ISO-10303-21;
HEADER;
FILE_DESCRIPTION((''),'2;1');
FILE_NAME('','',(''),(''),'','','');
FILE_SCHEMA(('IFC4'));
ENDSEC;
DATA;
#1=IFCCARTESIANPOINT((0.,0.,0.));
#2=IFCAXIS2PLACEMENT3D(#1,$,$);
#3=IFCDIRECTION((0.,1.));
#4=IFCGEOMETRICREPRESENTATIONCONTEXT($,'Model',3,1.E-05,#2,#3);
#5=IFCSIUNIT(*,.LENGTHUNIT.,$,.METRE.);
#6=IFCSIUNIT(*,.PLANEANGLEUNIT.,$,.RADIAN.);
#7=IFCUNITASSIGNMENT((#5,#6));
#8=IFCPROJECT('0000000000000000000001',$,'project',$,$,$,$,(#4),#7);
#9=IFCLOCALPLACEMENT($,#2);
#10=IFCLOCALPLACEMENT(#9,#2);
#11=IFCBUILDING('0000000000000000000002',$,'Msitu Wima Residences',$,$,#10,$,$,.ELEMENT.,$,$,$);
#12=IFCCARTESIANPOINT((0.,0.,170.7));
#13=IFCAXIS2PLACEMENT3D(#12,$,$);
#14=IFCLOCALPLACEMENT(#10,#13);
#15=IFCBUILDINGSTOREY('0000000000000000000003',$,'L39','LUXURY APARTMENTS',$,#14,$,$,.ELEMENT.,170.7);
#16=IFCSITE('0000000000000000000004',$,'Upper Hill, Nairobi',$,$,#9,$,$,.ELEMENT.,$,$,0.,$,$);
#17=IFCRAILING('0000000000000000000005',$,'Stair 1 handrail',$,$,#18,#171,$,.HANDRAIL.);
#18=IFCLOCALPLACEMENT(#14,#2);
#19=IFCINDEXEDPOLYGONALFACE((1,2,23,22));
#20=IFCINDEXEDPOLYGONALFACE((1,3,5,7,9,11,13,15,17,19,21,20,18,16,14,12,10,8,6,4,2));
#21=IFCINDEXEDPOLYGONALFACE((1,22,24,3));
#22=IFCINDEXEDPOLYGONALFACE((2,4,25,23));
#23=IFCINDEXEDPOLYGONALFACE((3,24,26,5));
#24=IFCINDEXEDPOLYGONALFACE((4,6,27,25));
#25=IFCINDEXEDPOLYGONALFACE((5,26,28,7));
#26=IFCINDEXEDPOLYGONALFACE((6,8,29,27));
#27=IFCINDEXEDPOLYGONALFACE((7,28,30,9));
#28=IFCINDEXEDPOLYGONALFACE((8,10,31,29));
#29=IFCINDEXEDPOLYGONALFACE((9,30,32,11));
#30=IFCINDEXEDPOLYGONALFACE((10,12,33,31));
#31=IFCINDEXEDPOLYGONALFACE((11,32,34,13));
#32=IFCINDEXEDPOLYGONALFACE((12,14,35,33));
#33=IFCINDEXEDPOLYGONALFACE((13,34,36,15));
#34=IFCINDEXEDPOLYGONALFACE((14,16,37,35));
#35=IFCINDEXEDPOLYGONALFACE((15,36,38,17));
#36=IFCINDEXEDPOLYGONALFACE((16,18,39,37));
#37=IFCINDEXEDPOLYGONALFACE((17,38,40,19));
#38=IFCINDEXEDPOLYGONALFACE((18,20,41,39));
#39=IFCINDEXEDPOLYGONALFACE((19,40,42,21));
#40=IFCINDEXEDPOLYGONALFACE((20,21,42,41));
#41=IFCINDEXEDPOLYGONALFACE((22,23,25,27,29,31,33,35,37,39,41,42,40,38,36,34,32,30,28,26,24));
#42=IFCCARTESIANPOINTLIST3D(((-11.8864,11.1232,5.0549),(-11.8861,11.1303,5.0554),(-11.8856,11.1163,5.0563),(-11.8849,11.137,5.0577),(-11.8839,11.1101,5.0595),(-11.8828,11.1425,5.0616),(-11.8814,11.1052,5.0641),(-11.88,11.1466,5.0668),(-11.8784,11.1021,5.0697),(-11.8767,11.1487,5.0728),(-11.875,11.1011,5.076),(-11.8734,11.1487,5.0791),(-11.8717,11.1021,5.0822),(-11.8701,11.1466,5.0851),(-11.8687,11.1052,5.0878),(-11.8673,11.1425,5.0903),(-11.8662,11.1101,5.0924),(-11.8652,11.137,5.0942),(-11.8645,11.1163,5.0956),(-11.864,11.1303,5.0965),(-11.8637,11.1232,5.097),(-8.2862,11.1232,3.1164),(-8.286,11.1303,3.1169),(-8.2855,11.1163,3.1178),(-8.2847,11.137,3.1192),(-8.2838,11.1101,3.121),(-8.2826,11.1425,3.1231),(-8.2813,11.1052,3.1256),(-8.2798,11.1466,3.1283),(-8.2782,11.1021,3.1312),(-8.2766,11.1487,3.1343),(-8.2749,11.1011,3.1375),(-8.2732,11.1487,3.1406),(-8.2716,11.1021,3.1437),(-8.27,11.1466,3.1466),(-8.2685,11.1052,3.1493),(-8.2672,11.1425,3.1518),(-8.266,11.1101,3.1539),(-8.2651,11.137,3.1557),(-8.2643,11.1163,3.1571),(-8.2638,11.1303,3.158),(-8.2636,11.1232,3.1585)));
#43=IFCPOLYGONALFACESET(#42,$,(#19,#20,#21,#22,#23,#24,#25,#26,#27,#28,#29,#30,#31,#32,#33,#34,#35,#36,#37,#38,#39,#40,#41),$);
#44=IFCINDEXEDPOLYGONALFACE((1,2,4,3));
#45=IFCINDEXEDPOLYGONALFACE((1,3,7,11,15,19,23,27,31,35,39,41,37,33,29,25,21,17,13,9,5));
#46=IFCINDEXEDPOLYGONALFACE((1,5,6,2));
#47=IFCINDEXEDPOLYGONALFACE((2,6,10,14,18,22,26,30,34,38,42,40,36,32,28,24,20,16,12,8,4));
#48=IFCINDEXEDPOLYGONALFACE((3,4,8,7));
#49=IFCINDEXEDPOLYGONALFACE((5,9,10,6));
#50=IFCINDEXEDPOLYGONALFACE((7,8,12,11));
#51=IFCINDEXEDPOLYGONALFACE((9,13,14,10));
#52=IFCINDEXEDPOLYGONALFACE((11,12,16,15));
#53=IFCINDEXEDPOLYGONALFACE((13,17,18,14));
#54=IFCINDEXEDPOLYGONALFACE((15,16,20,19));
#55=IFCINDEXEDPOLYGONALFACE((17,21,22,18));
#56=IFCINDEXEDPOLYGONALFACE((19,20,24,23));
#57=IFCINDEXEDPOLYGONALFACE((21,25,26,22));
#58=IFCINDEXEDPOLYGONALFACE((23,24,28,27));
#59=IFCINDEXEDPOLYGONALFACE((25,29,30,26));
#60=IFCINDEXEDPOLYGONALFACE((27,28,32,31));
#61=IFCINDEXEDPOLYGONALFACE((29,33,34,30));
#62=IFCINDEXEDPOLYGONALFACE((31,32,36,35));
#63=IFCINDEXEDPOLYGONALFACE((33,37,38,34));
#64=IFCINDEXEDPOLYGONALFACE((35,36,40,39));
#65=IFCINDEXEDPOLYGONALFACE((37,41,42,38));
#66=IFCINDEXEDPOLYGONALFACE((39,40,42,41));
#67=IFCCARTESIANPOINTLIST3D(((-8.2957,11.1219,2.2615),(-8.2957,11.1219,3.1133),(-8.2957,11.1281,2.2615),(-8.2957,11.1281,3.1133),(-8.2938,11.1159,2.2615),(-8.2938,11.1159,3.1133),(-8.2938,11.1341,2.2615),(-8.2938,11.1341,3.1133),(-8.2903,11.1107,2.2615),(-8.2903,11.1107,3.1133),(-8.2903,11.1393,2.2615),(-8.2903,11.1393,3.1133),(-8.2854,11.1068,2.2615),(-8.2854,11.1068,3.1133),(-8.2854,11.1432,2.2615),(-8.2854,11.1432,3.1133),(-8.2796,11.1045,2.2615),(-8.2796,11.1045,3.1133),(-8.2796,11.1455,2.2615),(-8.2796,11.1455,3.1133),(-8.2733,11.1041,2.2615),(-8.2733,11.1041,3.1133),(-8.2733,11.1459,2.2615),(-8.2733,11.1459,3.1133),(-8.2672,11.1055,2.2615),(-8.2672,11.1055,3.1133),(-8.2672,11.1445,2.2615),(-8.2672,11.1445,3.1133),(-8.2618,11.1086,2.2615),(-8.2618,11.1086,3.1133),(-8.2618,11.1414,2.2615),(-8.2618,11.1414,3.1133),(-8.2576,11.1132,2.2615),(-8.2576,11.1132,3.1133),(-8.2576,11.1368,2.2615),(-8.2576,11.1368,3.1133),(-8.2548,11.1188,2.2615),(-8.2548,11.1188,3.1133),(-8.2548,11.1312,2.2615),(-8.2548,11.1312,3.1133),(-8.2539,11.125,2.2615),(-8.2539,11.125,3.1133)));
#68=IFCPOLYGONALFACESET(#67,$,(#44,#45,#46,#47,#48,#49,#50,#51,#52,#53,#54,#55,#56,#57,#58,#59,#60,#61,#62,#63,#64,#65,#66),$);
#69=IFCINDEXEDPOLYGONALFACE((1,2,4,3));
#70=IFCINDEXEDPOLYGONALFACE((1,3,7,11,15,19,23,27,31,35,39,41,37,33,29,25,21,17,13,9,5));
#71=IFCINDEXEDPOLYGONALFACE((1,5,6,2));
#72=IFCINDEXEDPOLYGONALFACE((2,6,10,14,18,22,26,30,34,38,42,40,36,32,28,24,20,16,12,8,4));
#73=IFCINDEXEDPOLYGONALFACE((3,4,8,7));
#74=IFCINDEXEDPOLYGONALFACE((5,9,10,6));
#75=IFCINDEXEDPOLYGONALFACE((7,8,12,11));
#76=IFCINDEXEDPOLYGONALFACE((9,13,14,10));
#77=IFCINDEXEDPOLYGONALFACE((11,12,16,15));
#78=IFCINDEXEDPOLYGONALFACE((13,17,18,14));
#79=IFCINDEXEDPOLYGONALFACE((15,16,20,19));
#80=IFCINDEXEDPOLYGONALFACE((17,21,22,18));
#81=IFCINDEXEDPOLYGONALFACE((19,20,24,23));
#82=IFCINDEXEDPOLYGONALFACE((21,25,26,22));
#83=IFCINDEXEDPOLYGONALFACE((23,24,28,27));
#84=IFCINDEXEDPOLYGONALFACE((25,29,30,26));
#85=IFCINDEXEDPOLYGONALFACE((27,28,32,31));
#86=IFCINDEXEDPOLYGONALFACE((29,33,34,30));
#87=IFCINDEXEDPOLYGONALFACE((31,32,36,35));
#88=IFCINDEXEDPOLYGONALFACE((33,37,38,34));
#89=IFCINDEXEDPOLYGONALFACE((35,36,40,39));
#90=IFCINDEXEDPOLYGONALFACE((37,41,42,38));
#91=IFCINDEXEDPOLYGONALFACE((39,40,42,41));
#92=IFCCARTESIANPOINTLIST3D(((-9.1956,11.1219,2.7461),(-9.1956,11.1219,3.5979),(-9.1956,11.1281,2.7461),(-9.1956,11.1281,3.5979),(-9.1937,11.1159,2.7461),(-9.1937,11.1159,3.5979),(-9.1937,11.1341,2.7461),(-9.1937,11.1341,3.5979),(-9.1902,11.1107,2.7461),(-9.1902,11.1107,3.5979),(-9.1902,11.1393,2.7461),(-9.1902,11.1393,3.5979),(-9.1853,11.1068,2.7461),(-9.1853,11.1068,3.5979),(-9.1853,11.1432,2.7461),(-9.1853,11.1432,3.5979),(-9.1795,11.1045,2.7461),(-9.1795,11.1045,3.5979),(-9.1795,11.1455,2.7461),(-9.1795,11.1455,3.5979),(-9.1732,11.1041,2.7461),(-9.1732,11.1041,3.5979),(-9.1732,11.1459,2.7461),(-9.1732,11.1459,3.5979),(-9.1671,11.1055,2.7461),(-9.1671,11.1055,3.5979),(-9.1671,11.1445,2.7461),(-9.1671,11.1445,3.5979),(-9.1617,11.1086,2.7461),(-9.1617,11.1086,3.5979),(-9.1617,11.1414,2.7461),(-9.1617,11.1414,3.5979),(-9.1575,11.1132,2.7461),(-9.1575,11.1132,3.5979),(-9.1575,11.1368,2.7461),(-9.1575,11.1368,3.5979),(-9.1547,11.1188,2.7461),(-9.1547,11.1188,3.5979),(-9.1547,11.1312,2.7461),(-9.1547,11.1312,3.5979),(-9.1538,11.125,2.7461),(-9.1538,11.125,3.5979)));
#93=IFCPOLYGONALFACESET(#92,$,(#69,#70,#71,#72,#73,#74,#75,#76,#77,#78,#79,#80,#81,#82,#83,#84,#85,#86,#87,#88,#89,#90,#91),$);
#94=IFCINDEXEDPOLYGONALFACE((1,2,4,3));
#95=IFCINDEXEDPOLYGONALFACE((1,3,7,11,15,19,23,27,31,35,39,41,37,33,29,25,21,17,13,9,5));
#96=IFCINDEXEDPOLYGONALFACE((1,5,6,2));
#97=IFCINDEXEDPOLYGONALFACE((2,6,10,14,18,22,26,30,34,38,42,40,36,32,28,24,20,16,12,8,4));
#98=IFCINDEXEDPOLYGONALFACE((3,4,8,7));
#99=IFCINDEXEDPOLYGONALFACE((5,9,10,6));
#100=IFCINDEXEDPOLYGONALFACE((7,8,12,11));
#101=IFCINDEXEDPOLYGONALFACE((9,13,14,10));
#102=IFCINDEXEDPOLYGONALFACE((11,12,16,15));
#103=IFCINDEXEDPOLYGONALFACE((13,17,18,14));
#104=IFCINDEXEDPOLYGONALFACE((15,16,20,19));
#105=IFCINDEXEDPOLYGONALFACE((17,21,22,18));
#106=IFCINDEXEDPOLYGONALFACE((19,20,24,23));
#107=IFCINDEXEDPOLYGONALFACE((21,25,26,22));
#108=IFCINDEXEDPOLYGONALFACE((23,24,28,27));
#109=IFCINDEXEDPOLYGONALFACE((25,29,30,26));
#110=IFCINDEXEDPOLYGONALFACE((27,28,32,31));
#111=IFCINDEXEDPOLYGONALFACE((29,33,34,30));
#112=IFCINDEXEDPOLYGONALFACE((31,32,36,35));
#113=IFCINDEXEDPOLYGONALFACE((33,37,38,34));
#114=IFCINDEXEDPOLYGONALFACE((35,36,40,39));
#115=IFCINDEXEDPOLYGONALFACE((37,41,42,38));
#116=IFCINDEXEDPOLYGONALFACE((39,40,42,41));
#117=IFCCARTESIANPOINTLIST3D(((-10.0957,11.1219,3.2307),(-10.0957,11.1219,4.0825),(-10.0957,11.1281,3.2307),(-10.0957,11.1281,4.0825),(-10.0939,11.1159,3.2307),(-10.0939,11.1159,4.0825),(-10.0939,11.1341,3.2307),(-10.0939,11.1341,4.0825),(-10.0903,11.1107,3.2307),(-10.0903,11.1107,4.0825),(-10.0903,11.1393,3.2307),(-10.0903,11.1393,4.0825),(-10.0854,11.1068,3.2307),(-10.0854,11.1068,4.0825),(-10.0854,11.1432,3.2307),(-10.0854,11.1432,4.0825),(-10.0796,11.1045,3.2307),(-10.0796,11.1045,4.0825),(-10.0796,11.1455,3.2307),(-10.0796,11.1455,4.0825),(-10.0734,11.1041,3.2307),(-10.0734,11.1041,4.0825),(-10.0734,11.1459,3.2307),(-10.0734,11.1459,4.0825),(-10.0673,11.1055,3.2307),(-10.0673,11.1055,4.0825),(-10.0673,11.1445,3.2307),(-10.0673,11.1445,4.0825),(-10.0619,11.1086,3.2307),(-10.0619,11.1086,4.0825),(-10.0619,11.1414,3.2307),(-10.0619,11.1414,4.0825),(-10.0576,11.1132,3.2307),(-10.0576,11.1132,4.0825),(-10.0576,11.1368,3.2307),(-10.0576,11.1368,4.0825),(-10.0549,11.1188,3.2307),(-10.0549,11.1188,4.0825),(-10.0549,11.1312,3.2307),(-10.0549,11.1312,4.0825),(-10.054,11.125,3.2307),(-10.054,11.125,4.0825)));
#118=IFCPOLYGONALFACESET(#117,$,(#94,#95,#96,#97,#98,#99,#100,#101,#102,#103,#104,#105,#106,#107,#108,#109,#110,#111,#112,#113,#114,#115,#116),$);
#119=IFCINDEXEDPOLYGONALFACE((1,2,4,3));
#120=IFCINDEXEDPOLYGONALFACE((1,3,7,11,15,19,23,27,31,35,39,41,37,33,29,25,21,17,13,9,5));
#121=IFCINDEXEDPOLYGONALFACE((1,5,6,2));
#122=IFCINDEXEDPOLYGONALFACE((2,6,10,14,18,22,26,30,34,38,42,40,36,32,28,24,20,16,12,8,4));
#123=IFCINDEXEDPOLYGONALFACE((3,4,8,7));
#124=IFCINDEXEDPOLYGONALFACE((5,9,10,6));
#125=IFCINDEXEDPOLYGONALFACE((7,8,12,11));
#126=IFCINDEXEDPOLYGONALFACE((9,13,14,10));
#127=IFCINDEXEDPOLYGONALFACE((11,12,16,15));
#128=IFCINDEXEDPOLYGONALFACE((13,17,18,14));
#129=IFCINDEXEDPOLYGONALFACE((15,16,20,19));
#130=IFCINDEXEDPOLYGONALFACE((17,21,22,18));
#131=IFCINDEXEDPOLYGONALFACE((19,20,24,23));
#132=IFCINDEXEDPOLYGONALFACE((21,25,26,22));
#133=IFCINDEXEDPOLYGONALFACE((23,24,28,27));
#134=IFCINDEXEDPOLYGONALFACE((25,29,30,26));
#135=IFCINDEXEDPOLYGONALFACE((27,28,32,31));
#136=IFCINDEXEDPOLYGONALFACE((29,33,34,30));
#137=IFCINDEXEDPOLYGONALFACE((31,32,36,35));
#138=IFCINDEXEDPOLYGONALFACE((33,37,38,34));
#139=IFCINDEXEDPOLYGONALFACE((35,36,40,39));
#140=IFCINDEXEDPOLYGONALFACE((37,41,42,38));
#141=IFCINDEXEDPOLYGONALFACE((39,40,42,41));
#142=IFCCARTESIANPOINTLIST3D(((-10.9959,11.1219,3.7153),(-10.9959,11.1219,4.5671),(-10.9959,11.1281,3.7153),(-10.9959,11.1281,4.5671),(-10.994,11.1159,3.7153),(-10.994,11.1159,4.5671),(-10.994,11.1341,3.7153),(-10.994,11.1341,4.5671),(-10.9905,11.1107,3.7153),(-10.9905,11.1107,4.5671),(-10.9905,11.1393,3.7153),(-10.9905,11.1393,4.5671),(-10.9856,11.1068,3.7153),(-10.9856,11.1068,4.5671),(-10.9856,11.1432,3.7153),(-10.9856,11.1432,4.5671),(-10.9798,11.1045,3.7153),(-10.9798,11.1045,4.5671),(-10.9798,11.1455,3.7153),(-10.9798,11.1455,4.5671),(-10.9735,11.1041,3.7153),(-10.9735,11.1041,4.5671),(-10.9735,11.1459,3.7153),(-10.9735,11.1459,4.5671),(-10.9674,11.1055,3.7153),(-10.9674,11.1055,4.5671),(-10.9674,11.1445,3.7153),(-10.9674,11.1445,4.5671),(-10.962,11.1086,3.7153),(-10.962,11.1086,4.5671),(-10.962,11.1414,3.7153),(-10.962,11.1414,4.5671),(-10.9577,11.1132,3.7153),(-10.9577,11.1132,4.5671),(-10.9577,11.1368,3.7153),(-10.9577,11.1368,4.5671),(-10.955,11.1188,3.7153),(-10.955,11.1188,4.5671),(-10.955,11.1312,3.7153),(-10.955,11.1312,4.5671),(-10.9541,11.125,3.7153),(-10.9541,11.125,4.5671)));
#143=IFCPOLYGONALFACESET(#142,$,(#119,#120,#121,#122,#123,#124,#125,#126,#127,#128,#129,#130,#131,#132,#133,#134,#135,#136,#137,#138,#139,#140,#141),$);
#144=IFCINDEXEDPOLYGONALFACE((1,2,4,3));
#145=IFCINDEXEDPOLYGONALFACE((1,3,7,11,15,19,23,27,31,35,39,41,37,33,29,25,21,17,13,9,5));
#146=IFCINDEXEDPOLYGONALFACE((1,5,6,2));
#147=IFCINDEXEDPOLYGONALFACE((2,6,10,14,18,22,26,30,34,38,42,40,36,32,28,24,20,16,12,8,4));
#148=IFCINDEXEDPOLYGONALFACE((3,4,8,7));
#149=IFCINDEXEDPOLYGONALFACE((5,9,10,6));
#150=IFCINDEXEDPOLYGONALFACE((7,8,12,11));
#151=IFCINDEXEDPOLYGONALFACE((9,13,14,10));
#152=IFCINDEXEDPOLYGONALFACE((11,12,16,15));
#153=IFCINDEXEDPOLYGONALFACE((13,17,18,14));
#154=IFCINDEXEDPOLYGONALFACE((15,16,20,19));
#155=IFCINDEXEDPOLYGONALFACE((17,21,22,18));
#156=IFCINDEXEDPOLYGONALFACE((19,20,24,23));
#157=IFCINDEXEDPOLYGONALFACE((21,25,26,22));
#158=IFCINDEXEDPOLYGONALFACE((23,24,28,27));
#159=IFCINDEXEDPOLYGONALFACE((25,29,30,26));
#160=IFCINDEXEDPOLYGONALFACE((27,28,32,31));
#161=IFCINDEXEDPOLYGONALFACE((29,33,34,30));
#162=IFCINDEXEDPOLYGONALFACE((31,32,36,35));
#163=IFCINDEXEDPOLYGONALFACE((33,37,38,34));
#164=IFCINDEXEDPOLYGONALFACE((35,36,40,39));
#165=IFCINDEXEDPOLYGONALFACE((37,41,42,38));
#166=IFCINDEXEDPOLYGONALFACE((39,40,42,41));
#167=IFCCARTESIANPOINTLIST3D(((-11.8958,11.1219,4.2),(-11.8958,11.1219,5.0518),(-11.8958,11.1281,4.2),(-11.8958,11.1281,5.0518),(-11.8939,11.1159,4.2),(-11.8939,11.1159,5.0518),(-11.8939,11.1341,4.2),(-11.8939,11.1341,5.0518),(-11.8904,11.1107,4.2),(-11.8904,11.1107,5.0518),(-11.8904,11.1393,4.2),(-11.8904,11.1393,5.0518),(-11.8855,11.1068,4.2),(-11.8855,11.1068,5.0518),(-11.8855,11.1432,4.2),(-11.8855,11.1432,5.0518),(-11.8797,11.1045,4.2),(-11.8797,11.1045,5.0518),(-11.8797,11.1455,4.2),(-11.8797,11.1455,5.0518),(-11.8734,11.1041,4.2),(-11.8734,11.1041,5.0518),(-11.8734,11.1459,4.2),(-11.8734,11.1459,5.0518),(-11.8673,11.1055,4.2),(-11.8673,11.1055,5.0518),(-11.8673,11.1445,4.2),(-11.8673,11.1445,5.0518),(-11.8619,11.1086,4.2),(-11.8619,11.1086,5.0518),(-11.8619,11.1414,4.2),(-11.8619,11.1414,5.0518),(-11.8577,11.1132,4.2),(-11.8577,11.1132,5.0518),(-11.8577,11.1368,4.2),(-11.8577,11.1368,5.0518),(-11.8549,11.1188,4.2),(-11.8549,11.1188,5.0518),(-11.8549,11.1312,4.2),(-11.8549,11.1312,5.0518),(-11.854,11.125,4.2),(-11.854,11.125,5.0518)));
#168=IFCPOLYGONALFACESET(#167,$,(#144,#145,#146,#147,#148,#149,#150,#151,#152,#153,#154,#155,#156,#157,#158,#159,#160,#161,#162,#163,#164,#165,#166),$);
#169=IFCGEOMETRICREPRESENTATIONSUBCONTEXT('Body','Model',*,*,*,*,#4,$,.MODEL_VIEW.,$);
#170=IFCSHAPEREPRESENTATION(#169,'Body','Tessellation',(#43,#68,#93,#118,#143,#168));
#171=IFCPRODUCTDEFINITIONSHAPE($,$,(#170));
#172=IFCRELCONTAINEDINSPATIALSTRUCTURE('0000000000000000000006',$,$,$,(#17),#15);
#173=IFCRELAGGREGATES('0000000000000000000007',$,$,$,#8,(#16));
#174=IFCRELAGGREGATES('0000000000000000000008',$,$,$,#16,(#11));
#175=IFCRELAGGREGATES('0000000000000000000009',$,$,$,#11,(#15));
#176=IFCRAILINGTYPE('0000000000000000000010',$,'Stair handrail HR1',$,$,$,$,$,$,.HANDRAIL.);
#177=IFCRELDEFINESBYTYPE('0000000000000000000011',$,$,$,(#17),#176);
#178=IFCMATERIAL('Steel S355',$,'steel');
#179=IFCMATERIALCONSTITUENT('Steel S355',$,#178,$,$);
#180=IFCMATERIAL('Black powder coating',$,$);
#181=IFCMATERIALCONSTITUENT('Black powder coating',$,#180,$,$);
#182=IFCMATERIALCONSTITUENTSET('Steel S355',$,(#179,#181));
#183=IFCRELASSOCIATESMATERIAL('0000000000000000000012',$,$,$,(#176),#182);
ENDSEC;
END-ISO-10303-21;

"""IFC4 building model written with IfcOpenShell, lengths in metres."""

from ifc_helpers import new_model, si_unit, direction, frame, origin, origin_2d, place, context, subcontext, project, spatial, circle, extrude, material, constituent, constituent_set, type_object, element, save


model = new_model("IFC4")

# Units and contexts
model_context = context("Model", 3, precision=1e-05, world=origin(), true_north=direction((0.0, 1.0)))
body_context = subcontext(model_context, "Body", "Model", "MODEL_VIEW")
ifc_project = project(units=[si_unit("LENGTHUNIT", "METRE"), si_unit("PLANEANGLEUNIT", "RADIAN")], contexts=[model_context])

# Site, building, storey
site_placement = place(None, origin())
site = spatial("IfcSite", under=ifc_project, at=site_placement, Name="Upper Hill, Nairobi", CompositionType="ELEMENT", RefElevation=0.0)
building_placement = place(site_placement, origin())
building = spatial("IfcBuilding", under=site, at=building_placement, Name="Msitu Wima Residences", CompositionType="ELEMENT")
storey_placement = place(building_placement, frame((0.0, 0.0, 170.7)))
storey = spatial("IfcBuildingStorey", under=building, at=storey_placement, Name="L39", Description="LUXURY APARTMENTS", CompositionType="ELEMENT", Elevation=170.7)

# Railing
ifc_material_1 = material(Name="Steel S355", Category="steel")
ifc_constituent_1 = constituent(ifc_material_1, Name="Steel S355")
ifc_material_2 = material(Name="Black powder coating")
ifc_constituent_2 = constituent(ifc_material_2, Name="Black powder coating")
ifc_constituent_set_1 = constituent_set(constituents=[ifc_constituent_1, ifc_constituent_2], Name="Steel S355")
railing_type_1 = type_object("IfcRailingType", Name="Stair handrail HR1", PredefinedType="HANDRAIL", material=ifc_constituent_set_1)
railing_1_placement = place(storey_placement, frame((-8.2749, 11.125, 2.2615)))
element("IfcRailing", 1, at=railing_1_placement, inside=storey, type_object=railing_type_1, Name="Stair 1 handrail", PredefinedType="HANDRAIL", context=body_context, shape_type="SweptSolid", body=[
    extrude(circle(Radius=0.0239, at=origin_2d()), frame((0.0, 0.0, 0.876), z_axis=(-0.880475, 0.0, 0.474093), x_axis=(0.0, -1.0, 0.0)), (0.0, 0.0, 1.0), 4.0889),
    extrude(circle(Radius=0.021, at=origin_2d()), origin(), (0.0, 0.0, 1.0), 0.8518),
    extrude(circle(Radius=0.021, at=origin_2d()), frame((-0.8999, 0.0, 0.4846)), (0.0, 0.0, 1.0), 0.8518),
    extrude(circle(Radius=0.021, at=origin_2d()), frame((-1.8, 0.0, 0.9692)), (0.0, 0.0, 1.0), 0.8518),
    extrude(circle(Radius=0.021, at=origin_2d()), frame((-2.7002, 0.0, 1.4539)), (0.0, 0.0, 1.0), 0.8518),
    extrude(circle(Radius=0.021, at=origin_2d()), frame((-3.6001, 0.0, 1.9385)), (0.0, 0.0, 1.0), 0.8518),
])

save(model, "model.ifc")
